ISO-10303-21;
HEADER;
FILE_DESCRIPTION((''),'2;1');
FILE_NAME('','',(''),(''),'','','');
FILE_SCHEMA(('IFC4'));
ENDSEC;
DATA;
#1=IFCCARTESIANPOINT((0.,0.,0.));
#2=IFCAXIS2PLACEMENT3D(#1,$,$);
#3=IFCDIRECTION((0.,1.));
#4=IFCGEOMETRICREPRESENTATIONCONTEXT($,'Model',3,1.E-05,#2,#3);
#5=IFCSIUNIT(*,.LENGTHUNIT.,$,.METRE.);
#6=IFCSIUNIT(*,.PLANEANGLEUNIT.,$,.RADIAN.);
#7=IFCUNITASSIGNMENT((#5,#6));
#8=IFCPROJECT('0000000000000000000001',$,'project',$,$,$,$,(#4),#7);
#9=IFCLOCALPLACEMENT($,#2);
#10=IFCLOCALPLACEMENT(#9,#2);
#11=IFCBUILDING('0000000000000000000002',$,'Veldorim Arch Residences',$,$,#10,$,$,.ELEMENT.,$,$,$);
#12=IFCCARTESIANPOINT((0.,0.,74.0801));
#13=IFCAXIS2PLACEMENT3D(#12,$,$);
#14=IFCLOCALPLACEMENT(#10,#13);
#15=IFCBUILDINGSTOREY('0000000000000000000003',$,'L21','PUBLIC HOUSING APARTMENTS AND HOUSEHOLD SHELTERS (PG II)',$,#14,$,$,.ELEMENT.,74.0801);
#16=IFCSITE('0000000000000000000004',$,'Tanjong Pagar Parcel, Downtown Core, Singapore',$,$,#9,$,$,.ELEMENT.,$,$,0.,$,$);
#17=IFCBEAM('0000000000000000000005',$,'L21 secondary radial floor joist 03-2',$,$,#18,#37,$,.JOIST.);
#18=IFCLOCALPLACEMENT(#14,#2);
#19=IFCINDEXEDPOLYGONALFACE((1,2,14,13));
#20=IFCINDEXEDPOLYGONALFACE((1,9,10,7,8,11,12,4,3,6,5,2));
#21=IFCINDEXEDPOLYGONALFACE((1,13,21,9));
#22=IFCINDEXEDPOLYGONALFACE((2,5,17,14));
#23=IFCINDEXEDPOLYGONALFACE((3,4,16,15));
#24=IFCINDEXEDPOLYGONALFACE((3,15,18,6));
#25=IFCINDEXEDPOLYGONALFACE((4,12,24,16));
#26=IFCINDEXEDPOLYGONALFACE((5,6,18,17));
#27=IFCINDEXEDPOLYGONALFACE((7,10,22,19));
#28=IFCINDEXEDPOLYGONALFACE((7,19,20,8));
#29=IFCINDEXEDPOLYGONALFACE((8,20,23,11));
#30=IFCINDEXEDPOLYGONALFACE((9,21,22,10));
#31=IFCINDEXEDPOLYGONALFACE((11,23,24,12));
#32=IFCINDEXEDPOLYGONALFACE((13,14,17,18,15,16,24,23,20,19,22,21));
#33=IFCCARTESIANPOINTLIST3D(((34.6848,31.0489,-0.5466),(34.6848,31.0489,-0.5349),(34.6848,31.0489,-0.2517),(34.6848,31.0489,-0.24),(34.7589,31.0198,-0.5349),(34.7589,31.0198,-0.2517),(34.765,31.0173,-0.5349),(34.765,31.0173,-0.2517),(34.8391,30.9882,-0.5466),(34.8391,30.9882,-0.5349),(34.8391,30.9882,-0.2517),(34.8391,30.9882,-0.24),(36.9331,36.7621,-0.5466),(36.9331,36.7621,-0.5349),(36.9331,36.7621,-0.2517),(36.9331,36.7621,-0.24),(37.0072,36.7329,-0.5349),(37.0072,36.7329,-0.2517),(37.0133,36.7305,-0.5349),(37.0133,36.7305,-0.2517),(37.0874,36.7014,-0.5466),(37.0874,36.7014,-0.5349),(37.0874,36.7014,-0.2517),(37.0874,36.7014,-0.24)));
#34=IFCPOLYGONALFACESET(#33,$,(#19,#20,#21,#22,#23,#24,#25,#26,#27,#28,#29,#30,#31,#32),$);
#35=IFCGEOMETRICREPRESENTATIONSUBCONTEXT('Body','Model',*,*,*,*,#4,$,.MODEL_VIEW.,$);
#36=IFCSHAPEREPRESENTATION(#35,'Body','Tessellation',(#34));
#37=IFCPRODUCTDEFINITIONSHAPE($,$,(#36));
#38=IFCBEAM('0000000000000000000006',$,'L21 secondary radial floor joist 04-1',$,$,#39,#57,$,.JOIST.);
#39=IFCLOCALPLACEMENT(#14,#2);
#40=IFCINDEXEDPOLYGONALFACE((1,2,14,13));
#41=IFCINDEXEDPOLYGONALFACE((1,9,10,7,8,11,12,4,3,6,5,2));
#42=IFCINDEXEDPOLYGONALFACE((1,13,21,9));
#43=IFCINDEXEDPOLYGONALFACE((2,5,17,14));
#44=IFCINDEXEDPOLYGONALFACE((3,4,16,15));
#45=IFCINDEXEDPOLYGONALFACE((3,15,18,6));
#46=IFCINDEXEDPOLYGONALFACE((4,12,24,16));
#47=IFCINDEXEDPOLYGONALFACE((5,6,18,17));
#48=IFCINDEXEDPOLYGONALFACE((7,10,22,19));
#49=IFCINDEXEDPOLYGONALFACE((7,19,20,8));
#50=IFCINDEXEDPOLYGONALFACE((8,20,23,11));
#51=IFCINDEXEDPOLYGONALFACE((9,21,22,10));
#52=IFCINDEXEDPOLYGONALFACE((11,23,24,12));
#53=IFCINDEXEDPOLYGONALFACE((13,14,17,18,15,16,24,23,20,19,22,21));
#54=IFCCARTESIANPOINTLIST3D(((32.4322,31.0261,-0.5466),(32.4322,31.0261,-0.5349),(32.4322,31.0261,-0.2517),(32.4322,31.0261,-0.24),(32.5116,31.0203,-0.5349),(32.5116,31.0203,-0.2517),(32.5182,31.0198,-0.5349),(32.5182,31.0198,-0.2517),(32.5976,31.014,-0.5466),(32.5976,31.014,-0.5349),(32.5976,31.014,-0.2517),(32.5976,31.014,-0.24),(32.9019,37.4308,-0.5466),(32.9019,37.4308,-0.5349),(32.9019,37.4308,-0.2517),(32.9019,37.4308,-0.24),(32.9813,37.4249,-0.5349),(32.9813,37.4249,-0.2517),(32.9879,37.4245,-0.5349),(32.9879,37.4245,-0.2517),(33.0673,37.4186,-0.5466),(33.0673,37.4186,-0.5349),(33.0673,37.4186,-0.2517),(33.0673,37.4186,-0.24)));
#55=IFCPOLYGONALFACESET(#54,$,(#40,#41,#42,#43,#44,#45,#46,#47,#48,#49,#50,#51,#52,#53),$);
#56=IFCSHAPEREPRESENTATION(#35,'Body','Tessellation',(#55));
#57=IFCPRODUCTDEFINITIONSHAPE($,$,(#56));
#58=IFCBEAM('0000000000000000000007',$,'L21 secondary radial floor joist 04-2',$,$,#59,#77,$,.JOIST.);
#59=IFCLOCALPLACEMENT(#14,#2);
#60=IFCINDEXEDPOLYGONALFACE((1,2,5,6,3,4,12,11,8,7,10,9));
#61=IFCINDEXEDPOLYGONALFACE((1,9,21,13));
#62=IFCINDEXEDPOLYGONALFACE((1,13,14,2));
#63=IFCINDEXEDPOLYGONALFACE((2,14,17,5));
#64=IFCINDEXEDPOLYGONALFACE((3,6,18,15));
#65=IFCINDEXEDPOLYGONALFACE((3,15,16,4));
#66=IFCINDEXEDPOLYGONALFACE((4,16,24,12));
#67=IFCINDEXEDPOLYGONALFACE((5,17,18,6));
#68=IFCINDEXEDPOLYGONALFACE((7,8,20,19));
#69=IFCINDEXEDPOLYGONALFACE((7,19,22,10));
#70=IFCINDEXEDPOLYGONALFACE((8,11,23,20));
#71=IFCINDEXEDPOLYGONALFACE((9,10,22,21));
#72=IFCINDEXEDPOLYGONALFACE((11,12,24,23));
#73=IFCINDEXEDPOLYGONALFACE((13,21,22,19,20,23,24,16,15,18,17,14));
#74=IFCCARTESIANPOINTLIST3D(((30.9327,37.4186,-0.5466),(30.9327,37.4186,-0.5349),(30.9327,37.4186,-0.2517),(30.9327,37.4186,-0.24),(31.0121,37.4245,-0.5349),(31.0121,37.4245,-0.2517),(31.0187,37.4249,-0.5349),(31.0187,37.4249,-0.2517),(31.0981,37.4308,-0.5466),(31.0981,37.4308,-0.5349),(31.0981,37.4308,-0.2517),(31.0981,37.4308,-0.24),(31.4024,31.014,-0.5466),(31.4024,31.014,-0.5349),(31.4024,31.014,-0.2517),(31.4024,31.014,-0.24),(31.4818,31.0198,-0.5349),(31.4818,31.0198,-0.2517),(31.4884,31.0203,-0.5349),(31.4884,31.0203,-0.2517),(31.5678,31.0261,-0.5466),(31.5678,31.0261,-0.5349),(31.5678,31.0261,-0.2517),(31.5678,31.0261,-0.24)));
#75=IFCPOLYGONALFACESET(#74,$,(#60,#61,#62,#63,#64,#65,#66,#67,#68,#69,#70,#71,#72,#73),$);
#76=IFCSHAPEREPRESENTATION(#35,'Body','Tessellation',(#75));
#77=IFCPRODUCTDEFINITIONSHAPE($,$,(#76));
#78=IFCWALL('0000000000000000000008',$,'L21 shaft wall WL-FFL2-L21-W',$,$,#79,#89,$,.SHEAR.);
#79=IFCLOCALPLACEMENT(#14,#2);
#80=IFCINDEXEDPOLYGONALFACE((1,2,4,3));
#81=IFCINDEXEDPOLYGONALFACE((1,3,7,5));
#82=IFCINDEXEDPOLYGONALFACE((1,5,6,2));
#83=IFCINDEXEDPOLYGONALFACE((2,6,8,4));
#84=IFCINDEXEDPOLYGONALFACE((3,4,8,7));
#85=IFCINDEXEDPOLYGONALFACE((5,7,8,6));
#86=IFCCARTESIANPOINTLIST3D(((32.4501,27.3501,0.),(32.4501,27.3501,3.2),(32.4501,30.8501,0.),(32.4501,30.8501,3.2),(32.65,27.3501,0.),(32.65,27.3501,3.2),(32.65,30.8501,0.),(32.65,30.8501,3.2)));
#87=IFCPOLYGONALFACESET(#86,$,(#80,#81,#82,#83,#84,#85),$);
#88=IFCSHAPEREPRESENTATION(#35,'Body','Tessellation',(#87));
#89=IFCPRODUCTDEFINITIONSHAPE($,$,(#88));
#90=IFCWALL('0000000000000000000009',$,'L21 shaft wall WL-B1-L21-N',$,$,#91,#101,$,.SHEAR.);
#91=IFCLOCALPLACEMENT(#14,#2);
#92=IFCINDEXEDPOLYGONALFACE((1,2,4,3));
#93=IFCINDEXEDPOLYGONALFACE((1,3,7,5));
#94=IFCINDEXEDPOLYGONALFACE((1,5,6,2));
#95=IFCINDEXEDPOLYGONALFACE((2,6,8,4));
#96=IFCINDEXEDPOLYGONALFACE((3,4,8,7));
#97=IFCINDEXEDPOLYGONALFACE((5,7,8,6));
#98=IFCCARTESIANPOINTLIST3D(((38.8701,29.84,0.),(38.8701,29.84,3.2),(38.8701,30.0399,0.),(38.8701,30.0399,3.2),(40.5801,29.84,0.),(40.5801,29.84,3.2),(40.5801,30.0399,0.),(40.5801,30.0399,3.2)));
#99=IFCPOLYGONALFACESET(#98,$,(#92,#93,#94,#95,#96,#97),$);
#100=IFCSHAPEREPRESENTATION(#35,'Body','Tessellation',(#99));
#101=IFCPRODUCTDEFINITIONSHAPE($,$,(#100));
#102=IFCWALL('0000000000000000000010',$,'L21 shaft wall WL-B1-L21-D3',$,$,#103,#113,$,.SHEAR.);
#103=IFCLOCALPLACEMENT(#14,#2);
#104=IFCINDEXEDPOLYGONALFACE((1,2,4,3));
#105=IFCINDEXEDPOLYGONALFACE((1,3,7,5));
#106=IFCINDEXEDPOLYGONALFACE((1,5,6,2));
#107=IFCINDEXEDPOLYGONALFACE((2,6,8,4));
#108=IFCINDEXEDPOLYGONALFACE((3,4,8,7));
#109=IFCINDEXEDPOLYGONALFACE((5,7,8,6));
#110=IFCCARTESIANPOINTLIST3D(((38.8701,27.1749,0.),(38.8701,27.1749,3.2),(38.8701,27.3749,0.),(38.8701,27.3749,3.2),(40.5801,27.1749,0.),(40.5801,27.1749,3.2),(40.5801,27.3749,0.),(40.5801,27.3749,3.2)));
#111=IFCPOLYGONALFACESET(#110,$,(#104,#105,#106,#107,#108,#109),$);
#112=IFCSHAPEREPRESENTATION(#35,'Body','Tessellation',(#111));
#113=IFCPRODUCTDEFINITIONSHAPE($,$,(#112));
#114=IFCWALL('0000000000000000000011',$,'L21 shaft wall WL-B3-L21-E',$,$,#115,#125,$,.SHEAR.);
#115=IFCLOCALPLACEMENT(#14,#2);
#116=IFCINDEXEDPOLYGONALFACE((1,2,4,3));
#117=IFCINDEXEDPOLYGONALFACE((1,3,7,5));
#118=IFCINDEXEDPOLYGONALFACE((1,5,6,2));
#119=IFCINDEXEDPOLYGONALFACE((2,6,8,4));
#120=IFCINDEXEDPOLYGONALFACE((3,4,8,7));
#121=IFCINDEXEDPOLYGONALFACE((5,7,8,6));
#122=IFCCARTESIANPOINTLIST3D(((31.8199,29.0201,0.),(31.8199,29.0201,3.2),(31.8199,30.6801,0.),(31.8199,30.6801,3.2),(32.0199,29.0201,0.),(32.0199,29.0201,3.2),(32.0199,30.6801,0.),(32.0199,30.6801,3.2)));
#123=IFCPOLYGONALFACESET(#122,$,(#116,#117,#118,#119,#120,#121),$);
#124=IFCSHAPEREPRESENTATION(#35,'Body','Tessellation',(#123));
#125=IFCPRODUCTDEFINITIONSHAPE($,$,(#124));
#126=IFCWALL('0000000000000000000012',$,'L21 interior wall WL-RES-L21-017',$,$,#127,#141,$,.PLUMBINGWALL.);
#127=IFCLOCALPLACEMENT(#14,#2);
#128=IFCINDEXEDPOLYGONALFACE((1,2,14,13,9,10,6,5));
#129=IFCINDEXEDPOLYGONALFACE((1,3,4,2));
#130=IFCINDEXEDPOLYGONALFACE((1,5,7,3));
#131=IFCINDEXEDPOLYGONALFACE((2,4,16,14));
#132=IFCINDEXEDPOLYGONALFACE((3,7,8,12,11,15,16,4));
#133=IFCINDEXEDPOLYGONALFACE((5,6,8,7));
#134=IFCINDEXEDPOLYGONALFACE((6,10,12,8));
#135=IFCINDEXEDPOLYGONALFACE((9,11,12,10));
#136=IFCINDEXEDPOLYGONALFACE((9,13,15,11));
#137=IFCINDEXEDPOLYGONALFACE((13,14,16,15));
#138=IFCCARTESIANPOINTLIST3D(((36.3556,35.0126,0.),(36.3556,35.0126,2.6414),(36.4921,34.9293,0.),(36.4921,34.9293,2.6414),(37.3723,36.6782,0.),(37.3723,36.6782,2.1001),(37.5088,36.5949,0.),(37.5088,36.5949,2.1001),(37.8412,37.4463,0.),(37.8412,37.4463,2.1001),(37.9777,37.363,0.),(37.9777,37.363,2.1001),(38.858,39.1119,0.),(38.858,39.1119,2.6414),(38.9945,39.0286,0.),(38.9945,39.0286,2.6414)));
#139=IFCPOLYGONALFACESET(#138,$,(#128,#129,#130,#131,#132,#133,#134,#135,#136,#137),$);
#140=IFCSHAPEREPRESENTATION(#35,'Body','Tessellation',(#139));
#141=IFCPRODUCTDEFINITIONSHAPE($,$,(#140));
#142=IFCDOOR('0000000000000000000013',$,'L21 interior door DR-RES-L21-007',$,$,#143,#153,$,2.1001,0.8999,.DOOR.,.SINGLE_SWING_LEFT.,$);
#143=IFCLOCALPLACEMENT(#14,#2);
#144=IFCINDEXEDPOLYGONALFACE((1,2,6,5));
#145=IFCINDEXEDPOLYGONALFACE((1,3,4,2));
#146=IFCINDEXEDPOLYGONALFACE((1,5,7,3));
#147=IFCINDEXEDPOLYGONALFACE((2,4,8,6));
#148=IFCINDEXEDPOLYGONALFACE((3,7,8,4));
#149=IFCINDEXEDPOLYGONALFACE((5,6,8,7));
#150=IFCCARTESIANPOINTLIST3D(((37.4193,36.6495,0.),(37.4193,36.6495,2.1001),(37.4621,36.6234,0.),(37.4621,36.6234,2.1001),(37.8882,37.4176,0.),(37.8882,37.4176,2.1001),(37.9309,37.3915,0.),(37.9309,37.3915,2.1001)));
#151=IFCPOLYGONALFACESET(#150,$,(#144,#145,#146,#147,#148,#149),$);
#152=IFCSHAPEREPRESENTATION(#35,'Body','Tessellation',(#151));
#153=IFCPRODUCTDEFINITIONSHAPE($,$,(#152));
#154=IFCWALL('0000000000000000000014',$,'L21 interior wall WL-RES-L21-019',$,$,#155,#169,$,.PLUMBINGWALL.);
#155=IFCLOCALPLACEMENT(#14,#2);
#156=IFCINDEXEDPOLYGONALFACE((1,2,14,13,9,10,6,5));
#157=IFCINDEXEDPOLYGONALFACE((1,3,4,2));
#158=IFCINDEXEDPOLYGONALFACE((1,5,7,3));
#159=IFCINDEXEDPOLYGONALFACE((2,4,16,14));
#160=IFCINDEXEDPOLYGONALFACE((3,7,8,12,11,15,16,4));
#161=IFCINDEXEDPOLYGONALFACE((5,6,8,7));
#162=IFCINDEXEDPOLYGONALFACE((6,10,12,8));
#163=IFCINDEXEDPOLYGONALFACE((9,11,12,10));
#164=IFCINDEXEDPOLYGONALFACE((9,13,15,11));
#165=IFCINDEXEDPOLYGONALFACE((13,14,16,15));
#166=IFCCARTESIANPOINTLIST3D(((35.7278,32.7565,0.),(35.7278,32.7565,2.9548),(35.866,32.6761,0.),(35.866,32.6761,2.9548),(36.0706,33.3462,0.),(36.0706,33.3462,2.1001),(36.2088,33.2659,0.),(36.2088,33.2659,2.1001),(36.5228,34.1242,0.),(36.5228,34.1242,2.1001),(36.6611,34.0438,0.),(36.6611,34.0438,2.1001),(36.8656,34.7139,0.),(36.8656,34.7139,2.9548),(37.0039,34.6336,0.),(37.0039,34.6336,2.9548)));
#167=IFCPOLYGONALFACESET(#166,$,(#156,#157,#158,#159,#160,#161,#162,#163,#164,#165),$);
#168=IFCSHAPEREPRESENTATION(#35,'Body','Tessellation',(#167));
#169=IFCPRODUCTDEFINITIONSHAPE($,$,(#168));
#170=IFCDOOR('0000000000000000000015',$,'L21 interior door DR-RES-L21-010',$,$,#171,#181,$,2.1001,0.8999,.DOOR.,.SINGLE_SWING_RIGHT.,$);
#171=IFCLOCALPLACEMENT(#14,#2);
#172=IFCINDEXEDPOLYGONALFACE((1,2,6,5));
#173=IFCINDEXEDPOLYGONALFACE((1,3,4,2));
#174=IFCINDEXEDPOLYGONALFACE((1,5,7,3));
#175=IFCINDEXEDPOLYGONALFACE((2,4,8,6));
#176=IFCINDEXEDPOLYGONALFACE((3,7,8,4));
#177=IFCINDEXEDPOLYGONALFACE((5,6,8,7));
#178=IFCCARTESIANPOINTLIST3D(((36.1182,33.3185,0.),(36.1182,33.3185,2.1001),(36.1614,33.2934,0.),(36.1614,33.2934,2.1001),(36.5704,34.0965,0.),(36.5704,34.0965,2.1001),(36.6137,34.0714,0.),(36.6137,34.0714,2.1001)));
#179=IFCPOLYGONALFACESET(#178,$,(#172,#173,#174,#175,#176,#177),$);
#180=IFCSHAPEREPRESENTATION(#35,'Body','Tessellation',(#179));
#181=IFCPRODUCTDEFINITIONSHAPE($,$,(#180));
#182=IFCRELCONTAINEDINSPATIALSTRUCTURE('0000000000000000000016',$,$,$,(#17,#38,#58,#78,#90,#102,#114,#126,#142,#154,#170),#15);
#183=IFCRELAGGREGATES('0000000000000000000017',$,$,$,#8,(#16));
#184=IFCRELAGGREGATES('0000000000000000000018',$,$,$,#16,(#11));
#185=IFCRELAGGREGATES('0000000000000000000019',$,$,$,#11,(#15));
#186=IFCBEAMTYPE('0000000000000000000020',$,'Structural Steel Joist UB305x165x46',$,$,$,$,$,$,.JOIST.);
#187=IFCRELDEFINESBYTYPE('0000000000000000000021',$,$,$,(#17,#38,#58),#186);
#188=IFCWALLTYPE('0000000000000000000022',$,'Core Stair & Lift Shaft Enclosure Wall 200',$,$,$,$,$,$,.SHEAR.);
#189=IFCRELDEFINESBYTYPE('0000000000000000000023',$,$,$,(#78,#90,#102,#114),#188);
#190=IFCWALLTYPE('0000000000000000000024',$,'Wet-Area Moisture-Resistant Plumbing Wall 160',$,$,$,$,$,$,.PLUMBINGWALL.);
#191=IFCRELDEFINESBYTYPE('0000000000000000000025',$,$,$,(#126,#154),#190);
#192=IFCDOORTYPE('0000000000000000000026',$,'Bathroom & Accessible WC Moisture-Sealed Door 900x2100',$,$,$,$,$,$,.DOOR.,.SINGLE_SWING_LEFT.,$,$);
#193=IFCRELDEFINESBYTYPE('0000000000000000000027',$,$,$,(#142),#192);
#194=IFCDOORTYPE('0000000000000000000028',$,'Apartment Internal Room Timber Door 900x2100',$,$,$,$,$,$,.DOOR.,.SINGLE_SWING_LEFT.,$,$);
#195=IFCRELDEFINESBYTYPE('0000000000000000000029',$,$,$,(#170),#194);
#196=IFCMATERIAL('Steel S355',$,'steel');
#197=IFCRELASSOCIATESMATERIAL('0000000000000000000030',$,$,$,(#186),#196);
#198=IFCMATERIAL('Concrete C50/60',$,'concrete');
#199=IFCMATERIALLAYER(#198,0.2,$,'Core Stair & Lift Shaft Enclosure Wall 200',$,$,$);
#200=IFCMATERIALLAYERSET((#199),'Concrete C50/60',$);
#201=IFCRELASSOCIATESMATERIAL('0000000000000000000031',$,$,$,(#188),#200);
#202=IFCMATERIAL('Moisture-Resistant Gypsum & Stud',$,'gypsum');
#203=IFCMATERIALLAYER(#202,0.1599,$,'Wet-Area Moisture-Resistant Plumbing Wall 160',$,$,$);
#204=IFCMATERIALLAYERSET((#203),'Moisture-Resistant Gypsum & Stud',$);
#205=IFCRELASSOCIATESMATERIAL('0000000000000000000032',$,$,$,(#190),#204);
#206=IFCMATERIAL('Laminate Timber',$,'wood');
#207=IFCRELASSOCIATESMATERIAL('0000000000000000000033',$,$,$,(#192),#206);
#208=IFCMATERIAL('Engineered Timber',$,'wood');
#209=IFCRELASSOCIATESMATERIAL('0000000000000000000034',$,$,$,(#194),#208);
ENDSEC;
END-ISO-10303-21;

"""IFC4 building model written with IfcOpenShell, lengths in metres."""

from ifc_helpers import new_model, si_unit, direction, frame, frame_2d, origin, origin_2d, place, context, subcontext, project, spatial, rectangle, i_section, extrude, material, layer, layer_set, material_profile, profile_set, type_object, element, fill, save


model = new_model("IFC4")

# Units and contexts
model_context = context("Model", 3, precision=1e-05, world=origin(), true_north=direction((0.0, 1.0)))
body_context = subcontext(model_context, "Body", "Model", "MODEL_VIEW")
ifc_project = project(units=[si_unit("LENGTHUNIT", "METRE"), si_unit("PLANEANGLEUNIT", "RADIAN")], contexts=[model_context])

# Site, building, storey
site_placement = place(None, origin())
site = spatial("IfcSite", under=ifc_project, at=site_placement, Name="Tanjong Pagar Parcel, Downtown Core, Singapore", CompositionType="ELEMENT", RefElevation=0.0)
building_placement = place(site_placement, origin())
building = spatial("IfcBuilding", under=site, at=building_placement, Name="Veldorim Arch Residences", CompositionType="ELEMENT")
storey_placement = place(building_placement, frame((0.0, 0.0, 74.0801)))
storey = spatial("IfcBuildingStorey", under=building, at=storey_placement, Name="L21", Description="PUBLIC HOUSING APARTMENTS AND HOUSEHOLD SHELTERS (PG II)", CompositionType="ELEMENT", Elevation=74.0801)

# Beams
ifc_material_1 = material(Name="Steel S355", Category="steel")
ifc_material_profile_1 = material_profile(ifc_material_1, i_section(OverallWidth=0.1658, OverallDepth=0.3066, WebThickness=0.0066, FlangeThickness=0.0117, at=origin_2d()), Name="UB305x165x46")
ifc_profile_set_1 = profile_set([ifc_material_profile_1], Name="Steel S355")
beam_type_1 = type_object("IfcBeamType", Name="Structural Steel Joist UB305x165x46", PredefinedType="JOIST", material=ifc_profile_set_1)
beam_1_placement = place(storey_placement, frame((34.762, 31.0186, -0.3933), z_axis=(0.366195, 0.930538, 0.0), x_axis=(-0.930538, 0.366195, 0.0)))
element("IfcBeam", 1, at=beam_1_placement, inside=storey, type_object=beam_type_1, Name="L21 secondary radial floor joist 03-2", PredefinedType="JOIST", context=body_context, shape_type="SweptSolid", body=[
    extrude(i_section(OverallWidth=0.1658, OverallDepth=0.3066, WebThickness=0.0066, FlangeThickness=0.0117, at=origin_2d()), origin(), (0.0, 0.0, 1.0), 6.1396),
])
for number, where, z_axis, x_axis, name in (
    (2, (32.5149, 31.02, -0.3933), (0.073143, 0.997321, 0.0), (-0.997321, 0.073143, 0.0), "L21 secondary radial floor joist 04-1"),
    (3, (31.4851, 31.02, -0.3933), (-0.073143, 0.997321, 0.0), (-0.997321, -0.073143, 0.0), "L21 secondary radial floor joist 04-2"),
):
    element("IfcBeam", number, at=place(storey_placement, frame(where, z_axis=z_axis, x_axis=x_axis)), inside=storey, type_object=beam_type_1, Name=name, PredefinedType="JOIST", context=body_context, shape_type="SweptSolid", body=[
        extrude(i_section(OverallWidth=0.1658, OverallDepth=0.3066, WebThickness=0.0066, FlangeThickness=0.0117, at=origin_2d()), origin(), (0.0, 0.0, 1.0), 6.4219),
    ])

# Shared definitions
ifc_material_2 = material(Name="Concrete C50/60", Category="concrete")
ifc_layer_1 = layer(ifc_material_2, 0.2, Name="Core Stair & Lift Shaft Enclosure Wall 200")
ifc_layer_set_1 = layer_set([ifc_layer_1], Name="Concrete C50/60")
wall_type_1 = type_object("IfcWallType", Name="Core Stair & Lift Shaft Enclosure Wall 200", PredefinedType="SHEAR", material=ifc_layer_set_1)

# Wall
wall_1_placement = place(storey_placement, frame((32.55, 27.3501, 0.0), z_axis=(0.0, 0.0, 1.0), x_axis=(0.0, 1.0, 0.0)))
element("IfcWall", 4, at=wall_1_placement, inside=storey, type_object=wall_type_1, Name="L21 shaft wall WL-FFL2-L21-W", PredefinedType="SHEAR", context=body_context, shape_type="SweptSolid", body=[
    extrude(rectangle(XDim=3.5, YDim=0.2, at=frame_2d((1.75, 0.0))), origin(), (0.0, 0.0, 1.0), 3.2),
])

# Walls
for number, where, z_axis, x_axis, name in (
    (5, (38.8701, 29.9399, 0.0), (0.0, 0.0, 1.0), (1.0, 0.0, 0.0), "L21 shaft wall WL-B1-L21-N"),
    (6, (38.8701, 27.2749, 0.0), (0.0, 0.0, 1.0), (1.0, 0.0, 0.0), "L21 shaft wall WL-B1-L21-D3"),
):
    element("IfcWall", number, at=place(storey_placement, frame(where, z_axis=z_axis, x_axis=x_axis)), inside=storey, type_object=wall_type_1, Name=name, PredefinedType="SHEAR", context=body_context, shape_type="SweptSolid", body=[
        extrude(rectangle(XDim=1.71, YDim=0.2, at=frame_2d((0.855, 0.0))), origin(), (0.0, 0.0, 1.0), 3.2),
    ])
wall_2_placement = place(storey_placement, frame((31.9199, 29.02, 0.0), z_axis=(0.0, 0.0, 1.0), x_axis=(0.0, 1.0, 0.0)))
element("IfcWall", 7, at=wall_2_placement, inside=storey, type_object=wall_type_1, Name="L21 shaft wall WL-B3-L21-E", PredefinedType="SHEAR", context=body_context, shape_type="SweptSolid", body=[
    extrude(rectangle(XDim=1.6599, YDim=0.2, at=frame_2d((0.8301, 0.0))), origin(), (0.0, 0.0, 1.0), 3.2),
])

# Walls, openings, doors
ifc_material_3 = material(Name="Moisture-Resistant Gypsum & Stud", Category="gypsum")
ifc_layer_2 = layer(ifc_material_3, 0.1599, Name="Wet-Area Moisture-Resistant Plumbing Wall 160")
ifc_layer_set_2 = layer_set([ifc_layer_2], Name="Moisture-Resistant Gypsum & Stud")
wall_type_2 = type_object("IfcWallType", Name="Wet-Area Moisture-Resistant Plumbing Wall 160", PredefinedType="PLUMBINGWALL", material=ifc_layer_set_2)
wall_3_placement = place(storey_placement, frame((36.4238, 34.9709, 0.0), z_axis=(0.0, 0.0, 1.0), x_axis=(0.521037, 0.853534, 0.0)))
wall_3 = element("IfcWall", 8, at=wall_3_placement, inside=storey, type_object=wall_type_2, Name="L21 interior wall WL-RES-L21-017", PredefinedType="PLUMBINGWALL", context=body_context, shape_type="SweptSolid", body=[
    extrude(rectangle(XDim=4.8027, YDim=0.1599, at=frame_2d((2.4014, 0.0))), origin(), (0.0, 0.0, 1.0), 2.6414),
])
opening_1_placement = place(wall_3_placement, frame((1.9514, 0.0, 0.0)))
opening_1 = element("IfcOpeningElement", 9, at=opening_1_placement, cuts=wall_3, PredefinedType="OPENING", context=body_context, shape_type="SweptSolid", body=[
    extrude(rectangle(XDim=0.8999, YDim=2.1001, at=frame_2d((0.45, 1.05))), frame((0.0, 0.0898, 0.0), z_axis=(0.0, -1.0, 0.0), x_axis=(1.0, 0.0, 0.0)), (0.0, 0.0, 1.0), 0.1799),
])
ifc_material_4 = material(Name="Laminate Timber", Category="wood")
door_type_1 = type_object("IfcDoorType", Name="Bathroom & Accessible WC Moisture-Sealed Door 900x2100", OperationType="SINGLE_SWING_LEFT", PredefinedType="DOOR", material=ifc_material_4)
door_1_placement = place(opening_1_placement, origin())
door_1 = element("IfcDoor", 10, at=door_1_placement, inside=storey, type_object=door_type_1, Name="L21 interior door DR-RES-L21-007", OperationType="SINGLE_SWING_LEFT", OverallHeight=2.1001, OverallWidth=0.8999, PredefinedType="DOOR", context=body_context, shape_type="SweptSolid", body=[
    extrude(rectangle(XDim=0.8999, YDim=2.1001, at=frame_2d((0.45, 1.05))), frame((0.0, 0.0249, 0.0), z_axis=(0.0, -1.0, 0.0), x_axis=(1.0, 0.0, 0.0)), (0.0, 0.0, 1.0), 0.05),
])
fill(opening_1, door_1)
wall_4_placement = place(storey_placement, frame((35.7969, 32.7163, 0.0), z_axis=(0.0, 0.0, 1.0), x_axis=(0.50257, 0.864537, 0.0)))
wall_4 = element("IfcWall", 11, at=wall_4_placement, inside=storey, type_object=wall_type_2, Name="L21 interior wall WL-RES-L21-019", PredefinedType="PLUMBINGWALL", context=body_context, shape_type="SweptSolid", body=[
    extrude(rectangle(XDim=2.2642, YDim=0.1599, at=frame_2d((1.1321, 0.0))), origin(), (0.0, 0.0, 1.0), 2.9548),
])
opening_2_placement = place(wall_4_placement, frame((0.6821, 0.0, 0.0)))
opening_2 = element("IfcOpeningElement", 12, at=opening_2_placement, cuts=wall_4, PredefinedType="OPENING", context=body_context, shape_type="SweptSolid", body=[
    extrude(rectangle(XDim=0.8999, YDim=2.1001, at=frame_2d((0.45, 1.05))), frame((0.0, 0.0898, 0.0), z_axis=(0.0, -1.0, 0.0), x_axis=(1.0, 0.0, 0.0)), (0.0, 0.0, 1.0), 0.1799),
])
ifc_material_5 = material(Name="Engineered Timber", Category="wood")
door_type_2 = type_object("IfcDoorType", Name="Apartment Internal Room Timber Door 900x2100", OperationType="SINGLE_SWING_LEFT", PredefinedType="DOOR", material=ifc_material_5)
door_2_placement = place(opening_2_placement, origin())
door_2 = element("IfcDoor", 13, at=door_2_placement, inside=storey, type_object=door_type_2, Name="L21 interior door DR-RES-L21-010", OperationType="SINGLE_SWING_RIGHT", OverallHeight=2.1001, OverallWidth=0.8999, PredefinedType="DOOR", context=body_context, shape_type="SweptSolid", body=[
    extrude(rectangle(XDim=0.8999, YDim=2.1001, at=frame_2d((0.45, 1.05))), frame((0.0, 0.0249, 0.0), z_axis=(0.0, -1.0, 0.0), x_axis=(1.0, 0.0, 0.0)), (0.0, 0.0, 1.0), 0.05),
])
fill(opening_2, door_2)

save(model, "model.ifc")
